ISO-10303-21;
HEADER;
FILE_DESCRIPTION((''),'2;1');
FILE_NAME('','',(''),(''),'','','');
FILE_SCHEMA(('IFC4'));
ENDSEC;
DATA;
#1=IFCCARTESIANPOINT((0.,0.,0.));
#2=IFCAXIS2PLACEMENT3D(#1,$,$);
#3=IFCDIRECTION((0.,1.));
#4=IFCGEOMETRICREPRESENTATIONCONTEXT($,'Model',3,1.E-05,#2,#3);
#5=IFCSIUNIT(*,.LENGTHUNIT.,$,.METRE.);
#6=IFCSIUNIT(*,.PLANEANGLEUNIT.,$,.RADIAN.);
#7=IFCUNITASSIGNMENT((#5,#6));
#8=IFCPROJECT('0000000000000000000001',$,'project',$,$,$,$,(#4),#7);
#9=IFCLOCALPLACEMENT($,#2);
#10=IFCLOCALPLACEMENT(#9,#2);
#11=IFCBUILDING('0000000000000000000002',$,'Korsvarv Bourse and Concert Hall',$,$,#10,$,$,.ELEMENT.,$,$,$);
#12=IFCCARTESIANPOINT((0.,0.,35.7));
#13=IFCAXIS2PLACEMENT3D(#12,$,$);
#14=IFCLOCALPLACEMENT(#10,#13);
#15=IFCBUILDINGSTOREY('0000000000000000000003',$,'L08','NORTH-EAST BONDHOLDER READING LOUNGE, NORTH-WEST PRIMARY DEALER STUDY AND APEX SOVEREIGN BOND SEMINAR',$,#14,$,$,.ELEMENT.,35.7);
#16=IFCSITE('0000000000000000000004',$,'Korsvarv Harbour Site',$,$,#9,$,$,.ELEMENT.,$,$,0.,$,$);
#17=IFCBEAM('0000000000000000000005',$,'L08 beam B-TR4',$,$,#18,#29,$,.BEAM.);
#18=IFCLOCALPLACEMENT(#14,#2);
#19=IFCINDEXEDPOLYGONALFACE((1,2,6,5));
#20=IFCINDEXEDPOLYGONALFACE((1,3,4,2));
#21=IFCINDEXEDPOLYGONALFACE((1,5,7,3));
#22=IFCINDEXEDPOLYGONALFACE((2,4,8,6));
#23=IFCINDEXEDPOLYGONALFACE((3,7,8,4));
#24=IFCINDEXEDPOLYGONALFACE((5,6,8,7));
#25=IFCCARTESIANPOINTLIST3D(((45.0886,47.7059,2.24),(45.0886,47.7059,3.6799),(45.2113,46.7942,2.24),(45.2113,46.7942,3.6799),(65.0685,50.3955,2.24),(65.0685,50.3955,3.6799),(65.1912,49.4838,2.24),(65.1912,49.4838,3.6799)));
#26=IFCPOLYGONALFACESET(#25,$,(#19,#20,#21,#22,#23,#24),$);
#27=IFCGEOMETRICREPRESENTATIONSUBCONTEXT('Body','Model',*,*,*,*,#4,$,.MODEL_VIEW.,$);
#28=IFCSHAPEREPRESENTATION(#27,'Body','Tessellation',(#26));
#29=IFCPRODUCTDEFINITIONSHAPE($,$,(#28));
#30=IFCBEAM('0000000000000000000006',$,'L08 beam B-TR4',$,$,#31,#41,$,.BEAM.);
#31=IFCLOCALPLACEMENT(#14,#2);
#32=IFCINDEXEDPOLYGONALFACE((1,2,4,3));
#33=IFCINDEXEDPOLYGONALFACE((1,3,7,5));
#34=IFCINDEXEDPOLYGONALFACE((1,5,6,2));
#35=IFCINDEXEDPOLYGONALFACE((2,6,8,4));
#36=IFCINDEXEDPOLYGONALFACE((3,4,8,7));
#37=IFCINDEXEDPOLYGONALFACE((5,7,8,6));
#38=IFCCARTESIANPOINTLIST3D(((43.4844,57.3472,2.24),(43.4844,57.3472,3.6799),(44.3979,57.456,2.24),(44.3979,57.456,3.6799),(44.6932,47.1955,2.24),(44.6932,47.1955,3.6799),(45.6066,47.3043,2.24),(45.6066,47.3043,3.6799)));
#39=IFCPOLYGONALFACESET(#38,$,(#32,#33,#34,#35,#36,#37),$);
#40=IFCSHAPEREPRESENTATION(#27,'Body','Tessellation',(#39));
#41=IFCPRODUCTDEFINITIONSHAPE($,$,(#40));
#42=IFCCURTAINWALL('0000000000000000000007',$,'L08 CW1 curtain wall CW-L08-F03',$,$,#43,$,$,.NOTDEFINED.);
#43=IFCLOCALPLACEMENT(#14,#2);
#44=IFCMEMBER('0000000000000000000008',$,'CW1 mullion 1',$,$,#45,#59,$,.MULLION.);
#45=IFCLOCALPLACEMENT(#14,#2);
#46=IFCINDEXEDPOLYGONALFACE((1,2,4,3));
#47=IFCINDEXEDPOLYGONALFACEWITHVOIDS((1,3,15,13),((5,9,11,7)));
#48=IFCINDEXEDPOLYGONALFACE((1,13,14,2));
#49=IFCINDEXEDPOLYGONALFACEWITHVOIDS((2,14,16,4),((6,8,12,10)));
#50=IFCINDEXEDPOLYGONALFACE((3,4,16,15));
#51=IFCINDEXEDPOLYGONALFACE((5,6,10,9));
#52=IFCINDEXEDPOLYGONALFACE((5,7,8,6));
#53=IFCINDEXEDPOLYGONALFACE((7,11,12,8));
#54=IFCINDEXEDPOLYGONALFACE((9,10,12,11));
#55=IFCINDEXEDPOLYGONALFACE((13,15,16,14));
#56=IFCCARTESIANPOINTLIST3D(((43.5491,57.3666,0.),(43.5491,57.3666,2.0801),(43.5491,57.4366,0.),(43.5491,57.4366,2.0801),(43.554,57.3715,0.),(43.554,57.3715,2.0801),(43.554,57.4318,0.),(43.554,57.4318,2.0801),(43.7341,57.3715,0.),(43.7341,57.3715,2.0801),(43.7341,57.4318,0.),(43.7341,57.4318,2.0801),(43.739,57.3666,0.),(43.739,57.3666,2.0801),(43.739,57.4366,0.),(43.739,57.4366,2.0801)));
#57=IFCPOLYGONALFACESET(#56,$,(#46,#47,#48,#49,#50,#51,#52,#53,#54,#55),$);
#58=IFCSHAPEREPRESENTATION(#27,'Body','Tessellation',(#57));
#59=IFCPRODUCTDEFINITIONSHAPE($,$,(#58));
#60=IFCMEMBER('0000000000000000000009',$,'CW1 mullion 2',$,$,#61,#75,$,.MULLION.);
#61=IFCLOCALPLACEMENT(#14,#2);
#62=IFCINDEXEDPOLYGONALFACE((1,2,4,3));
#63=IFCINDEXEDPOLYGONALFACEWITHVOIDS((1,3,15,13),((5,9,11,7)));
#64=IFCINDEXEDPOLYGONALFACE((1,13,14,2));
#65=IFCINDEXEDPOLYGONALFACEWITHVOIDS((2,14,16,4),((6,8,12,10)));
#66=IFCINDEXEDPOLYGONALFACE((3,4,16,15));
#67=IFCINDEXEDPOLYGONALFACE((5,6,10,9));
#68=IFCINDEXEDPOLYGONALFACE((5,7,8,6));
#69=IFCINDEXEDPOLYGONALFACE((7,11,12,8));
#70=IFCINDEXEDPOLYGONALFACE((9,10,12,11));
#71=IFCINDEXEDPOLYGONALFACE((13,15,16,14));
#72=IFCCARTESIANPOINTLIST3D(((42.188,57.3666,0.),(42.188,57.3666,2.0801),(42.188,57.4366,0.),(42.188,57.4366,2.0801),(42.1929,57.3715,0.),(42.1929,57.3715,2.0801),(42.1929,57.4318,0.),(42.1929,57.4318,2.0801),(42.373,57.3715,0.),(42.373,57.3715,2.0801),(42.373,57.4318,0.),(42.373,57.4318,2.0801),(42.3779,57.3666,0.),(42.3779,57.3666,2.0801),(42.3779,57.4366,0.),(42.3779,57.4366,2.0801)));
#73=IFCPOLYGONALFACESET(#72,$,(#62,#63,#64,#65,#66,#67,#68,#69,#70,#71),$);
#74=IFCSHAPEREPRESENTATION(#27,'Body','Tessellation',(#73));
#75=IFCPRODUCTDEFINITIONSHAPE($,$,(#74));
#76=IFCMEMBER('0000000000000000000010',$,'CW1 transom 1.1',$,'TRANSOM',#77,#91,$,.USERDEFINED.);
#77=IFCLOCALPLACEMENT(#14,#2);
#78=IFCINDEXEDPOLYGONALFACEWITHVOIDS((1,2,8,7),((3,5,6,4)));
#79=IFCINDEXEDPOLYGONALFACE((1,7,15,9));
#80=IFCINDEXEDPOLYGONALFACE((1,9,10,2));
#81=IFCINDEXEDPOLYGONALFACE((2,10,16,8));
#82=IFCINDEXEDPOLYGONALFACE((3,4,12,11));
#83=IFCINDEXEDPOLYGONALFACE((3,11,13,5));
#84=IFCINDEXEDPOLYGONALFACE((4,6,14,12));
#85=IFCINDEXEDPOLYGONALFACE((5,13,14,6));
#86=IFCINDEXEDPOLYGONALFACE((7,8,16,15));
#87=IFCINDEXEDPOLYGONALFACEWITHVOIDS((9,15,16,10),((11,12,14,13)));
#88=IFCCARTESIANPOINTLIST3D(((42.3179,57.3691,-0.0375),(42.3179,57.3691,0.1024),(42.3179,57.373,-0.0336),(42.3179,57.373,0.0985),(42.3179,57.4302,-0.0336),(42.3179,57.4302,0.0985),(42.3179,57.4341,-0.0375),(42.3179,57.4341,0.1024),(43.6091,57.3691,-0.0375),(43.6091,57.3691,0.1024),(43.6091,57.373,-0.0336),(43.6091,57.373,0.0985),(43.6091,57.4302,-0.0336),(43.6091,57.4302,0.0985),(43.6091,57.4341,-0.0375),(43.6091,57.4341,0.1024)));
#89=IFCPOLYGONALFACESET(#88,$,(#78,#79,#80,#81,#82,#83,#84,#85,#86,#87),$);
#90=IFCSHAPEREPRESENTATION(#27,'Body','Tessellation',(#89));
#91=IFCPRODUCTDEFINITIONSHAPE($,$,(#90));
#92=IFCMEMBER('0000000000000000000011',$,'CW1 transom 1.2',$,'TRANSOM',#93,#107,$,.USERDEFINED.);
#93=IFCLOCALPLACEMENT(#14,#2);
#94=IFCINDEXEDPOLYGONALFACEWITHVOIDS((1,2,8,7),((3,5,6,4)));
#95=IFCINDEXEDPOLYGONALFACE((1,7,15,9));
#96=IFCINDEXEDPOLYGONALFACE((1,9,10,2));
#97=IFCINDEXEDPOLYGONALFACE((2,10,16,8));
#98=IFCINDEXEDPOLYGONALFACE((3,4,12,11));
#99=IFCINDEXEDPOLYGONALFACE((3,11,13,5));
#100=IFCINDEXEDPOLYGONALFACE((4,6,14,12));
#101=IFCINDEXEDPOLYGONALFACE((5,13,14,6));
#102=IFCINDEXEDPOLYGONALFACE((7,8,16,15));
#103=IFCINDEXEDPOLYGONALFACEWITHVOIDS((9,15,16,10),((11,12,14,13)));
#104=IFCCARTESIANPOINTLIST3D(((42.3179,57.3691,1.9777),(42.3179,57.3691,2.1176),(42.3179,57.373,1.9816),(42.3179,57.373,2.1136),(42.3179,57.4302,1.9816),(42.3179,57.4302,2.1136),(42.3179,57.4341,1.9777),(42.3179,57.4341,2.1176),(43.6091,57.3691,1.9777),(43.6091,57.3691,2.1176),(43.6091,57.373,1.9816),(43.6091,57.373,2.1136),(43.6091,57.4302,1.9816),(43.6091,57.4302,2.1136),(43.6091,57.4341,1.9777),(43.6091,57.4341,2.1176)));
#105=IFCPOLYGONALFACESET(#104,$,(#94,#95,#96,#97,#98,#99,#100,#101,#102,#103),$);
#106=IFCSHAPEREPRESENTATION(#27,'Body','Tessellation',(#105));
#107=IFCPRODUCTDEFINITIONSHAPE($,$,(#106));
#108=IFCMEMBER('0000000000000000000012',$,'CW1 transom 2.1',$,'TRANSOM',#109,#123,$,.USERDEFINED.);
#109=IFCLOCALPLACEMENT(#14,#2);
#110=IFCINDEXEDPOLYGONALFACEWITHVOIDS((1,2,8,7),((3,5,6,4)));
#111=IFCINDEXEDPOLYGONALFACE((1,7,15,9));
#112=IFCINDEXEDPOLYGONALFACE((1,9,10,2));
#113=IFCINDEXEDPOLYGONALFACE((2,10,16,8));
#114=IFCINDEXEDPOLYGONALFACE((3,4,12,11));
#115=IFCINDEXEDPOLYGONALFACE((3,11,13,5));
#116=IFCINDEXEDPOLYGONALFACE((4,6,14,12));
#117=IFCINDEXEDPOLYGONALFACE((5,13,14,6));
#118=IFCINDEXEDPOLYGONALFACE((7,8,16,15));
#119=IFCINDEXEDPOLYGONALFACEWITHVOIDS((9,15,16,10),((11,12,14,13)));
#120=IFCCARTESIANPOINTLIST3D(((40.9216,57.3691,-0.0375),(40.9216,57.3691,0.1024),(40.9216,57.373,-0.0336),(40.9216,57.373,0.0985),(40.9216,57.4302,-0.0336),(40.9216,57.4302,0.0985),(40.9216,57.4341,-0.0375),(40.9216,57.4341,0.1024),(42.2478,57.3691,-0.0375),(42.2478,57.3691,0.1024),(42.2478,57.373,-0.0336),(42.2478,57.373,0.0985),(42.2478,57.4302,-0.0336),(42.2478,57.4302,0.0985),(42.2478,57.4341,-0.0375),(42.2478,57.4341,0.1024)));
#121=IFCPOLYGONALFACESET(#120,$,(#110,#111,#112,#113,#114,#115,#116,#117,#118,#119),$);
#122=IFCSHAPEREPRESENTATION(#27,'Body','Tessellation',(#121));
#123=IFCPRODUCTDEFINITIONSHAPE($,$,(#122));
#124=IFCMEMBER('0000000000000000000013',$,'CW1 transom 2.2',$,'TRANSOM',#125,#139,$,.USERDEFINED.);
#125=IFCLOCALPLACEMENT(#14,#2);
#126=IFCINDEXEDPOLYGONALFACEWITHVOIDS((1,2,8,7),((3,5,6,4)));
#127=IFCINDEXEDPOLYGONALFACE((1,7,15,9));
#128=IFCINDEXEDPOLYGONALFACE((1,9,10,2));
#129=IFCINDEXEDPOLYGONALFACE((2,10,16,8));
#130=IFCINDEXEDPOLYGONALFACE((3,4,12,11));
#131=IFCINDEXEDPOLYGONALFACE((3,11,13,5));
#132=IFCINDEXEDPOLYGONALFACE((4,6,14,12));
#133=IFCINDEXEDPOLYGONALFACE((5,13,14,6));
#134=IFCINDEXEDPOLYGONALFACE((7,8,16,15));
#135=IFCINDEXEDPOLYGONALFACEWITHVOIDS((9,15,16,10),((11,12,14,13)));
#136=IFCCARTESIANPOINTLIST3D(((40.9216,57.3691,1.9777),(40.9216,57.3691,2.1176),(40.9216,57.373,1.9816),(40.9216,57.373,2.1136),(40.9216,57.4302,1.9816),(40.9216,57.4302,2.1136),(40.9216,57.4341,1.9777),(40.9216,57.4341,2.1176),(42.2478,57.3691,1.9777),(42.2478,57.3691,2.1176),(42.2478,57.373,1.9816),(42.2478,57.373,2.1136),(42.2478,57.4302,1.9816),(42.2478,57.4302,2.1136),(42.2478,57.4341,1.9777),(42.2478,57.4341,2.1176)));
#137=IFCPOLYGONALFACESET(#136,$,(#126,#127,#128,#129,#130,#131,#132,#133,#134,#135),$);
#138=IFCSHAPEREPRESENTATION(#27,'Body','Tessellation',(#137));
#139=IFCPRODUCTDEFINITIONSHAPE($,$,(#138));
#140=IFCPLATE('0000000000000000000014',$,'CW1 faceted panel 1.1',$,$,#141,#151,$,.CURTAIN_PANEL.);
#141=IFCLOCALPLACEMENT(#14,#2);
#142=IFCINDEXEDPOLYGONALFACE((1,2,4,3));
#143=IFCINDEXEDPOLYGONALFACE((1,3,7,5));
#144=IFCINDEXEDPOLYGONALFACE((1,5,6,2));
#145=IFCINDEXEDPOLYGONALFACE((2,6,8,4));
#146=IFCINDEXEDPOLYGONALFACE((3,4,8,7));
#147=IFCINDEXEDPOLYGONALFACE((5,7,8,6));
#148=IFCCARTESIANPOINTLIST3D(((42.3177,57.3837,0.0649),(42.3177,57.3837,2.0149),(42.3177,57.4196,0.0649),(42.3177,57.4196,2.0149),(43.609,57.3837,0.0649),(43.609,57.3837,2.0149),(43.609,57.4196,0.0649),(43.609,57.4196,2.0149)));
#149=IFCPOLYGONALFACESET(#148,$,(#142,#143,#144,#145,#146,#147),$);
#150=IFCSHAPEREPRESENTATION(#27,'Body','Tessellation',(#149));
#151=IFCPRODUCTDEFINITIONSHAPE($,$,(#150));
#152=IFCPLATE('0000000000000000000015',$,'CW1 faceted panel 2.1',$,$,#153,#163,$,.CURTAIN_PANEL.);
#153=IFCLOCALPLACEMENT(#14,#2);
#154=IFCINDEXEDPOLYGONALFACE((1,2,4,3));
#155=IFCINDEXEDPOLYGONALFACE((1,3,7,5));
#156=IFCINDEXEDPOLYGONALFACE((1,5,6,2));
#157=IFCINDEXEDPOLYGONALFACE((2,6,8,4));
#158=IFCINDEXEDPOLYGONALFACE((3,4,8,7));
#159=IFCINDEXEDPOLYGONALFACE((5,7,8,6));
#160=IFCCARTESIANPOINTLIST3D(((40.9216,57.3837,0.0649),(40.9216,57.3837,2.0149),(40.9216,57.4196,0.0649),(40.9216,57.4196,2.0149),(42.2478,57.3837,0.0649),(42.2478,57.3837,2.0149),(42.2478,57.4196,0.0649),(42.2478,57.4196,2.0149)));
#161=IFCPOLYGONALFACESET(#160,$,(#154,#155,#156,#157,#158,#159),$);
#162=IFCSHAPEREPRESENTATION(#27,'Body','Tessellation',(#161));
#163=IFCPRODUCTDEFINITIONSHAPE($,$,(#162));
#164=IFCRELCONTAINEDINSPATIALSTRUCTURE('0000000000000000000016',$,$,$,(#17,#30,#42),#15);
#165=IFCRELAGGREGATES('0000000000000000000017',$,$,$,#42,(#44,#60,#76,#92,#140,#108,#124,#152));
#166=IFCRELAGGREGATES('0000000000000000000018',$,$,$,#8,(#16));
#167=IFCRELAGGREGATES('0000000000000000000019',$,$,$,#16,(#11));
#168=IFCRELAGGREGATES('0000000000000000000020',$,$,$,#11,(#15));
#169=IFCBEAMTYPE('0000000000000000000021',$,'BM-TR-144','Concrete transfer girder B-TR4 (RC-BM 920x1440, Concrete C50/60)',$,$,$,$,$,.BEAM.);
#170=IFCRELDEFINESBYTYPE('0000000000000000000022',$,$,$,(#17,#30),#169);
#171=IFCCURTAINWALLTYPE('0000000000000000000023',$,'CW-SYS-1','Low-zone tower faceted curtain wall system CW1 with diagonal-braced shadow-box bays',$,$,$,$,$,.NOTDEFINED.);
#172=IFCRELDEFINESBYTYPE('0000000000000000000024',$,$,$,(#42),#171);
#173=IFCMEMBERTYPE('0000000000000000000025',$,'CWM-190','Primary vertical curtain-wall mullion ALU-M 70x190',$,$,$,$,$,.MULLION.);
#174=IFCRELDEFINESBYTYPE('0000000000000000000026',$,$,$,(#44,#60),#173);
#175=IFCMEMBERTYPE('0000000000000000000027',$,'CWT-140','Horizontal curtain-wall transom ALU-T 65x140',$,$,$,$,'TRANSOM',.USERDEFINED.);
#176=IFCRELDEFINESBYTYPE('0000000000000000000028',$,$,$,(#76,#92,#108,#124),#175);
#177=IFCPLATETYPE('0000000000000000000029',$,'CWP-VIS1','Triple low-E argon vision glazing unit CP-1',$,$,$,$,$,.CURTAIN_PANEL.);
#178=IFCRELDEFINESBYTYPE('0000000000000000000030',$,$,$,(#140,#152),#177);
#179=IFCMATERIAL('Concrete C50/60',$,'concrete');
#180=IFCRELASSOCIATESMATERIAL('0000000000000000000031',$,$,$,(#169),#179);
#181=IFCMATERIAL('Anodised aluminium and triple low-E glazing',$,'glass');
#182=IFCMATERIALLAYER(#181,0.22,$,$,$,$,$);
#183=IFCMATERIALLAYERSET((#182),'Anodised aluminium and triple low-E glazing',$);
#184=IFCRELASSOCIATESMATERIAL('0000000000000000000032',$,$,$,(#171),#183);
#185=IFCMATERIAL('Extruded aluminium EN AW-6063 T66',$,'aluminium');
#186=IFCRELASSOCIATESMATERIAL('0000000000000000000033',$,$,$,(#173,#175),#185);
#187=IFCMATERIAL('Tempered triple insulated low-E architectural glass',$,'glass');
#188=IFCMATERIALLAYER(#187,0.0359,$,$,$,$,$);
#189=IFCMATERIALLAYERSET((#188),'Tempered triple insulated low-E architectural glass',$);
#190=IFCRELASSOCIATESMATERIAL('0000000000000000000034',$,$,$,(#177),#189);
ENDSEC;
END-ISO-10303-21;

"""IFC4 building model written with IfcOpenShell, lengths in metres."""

from ifc_helpers import new_model, si_unit, direction, frame, origin, origin_2d, place, context, subcontext, project, spatial, rectangle, hollow_rectangle, extrude, source, transform, mapped, material, layer, layer_set, material_profile, profile_set, type_object, element, aggregate, save


model = new_model("IFC4")

# Units and contexts
model_context = context("Model", 3, precision=1e-05, world=origin(), true_north=direction((0.0, 1.0)))
body_context = subcontext(model_context, "Body", "Model", "MODEL_VIEW")
ifc_project = project(units=[si_unit("LENGTHUNIT", "METRE"), si_unit("PLANEANGLEUNIT", "RADIAN")], contexts=[model_context])

# Site, building, storey
site_placement = place(None, origin())
site = spatial("IfcSite", under=ifc_project, at=site_placement, Name="Korsvarv Harbour Site", CompositionType="ELEMENT", RefElevation=0.0)
building_placement = place(site_placement, origin())
building = spatial("IfcBuilding", under=site, at=building_placement, Name="Korsvarv Bourse and Concert Hall", CompositionType="ELEMENT")
storey_placement = place(building_placement, frame((0.0, 0.0, 35.7)))
storey = spatial("IfcBuildingStorey", under=building, at=storey_placement, Name="L08", Description="NORTH-EAST BONDHOLDER READING LOUNGE, NORTH-WEST PRIMARY DEALER STUDY AND APEX SOVEREIGN BOND SEMINAR", CompositionType="ELEMENT", Elevation=35.7)

# Beams
ifc_material_1 = material(Name="Concrete C50/60", Category="concrete")
ifc_material_profile_1 = material_profile(ifc_material_1, rectangle(XDim=0.9199, YDim=1.4399, at=origin_2d()), Name="RC-BM 920x1440")
ifc_profile_set_1 = profile_set([ifc_material_profile_1], Name="Concrete C50/60")
beam_type_1 = type_object("IfcBeamType", Name="BM-TR-144", Description="Concrete transfer girder B-TR4 (RC-BM 920x1440, Concrete C50/60)", PredefinedType="BEAM", material=ifc_profile_set_1)
shared_shape_1 = source(origin(), body_context, "Body", "SweptSolid", [
    extrude(rectangle(XDim=0.9199, YDim=1.4399, at=origin_2d()), origin(), (0.0, 0.0, 1.0), 20.1602),
])
beam_1_placement = place(storey_placement, frame((65.1299, 49.9397, 2.96), z_axis=(-0.99106, -0.133416, 0.0), x_axis=(0.133416, -0.99106, 0.0)))
element("IfcBeam", 1, at=beam_1_placement, inside=storey, type_object=beam_type_1, Name="L08 beam B-TR4", PredefinedType="BEAM", context=body_context, shape_type="MappedRepresentation", body=[
    mapped(shared_shape_1, transform((0.0, 0.0, 0.0), scale=1.0)),
])
shared_shape_2 = source(origin(), body_context, "Body", "SweptSolid", [
    extrude(rectangle(XDim=0.9199, YDim=1.4399, at=origin_2d()), origin(), (0.0, 0.0, 1.0), 10.2234),
])
beam_2_placement = place(storey_placement, frame((43.9412, 57.4016, 2.96), z_axis=(0.118234, -0.992986, 0.0), x_axis=(0.992986, 0.118234, 0.0)))
element("IfcBeam", 2, at=beam_2_placement, inside=storey, type_object=beam_type_1, Name="L08 beam B-TR4", PredefinedType="BEAM", context=body_context, shape_type="MappedRepresentation", body=[
    mapped(shared_shape_2, transform((0.0, 0.0, 0.0), scale=1.0)),
])

# Curtain wall, members, plates
ifc_material_2 = material(Name="Anodised aluminium and triple low-E glazing", Category="glass")
ifc_layer_1 = layer(ifc_material_2, 0.22)
ifc_layer_set_1 = layer_set([ifc_layer_1], Name="Anodised aluminium and triple low-E glazing")
curtain_wall_type = type_object("IfcCurtainWallType", Name="CW-SYS-1", Description="Low-zone tower faceted curtain wall system CW1 with diagonal-braced shadow-box bays", PredefinedType="NOTDEFINED", material=ifc_layer_set_1)
curtain_wall_placement = place(storey_placement, origin())
curtain_wall = element("IfcCurtainWall", 3, at=curtain_wall_placement, inside=storey, type_object=curtain_wall_type, Name="L08 CW1 curtain wall CW-L08-F03", PredefinedType="NOTDEFINED")
ifc_material_3 = material(Name="Extruded aluminium EN AW-6063 T66", Category="aluminium")
ifc_material_profile_2 = material_profile(ifc_material_3, hollow_rectangle(XDim=0.0701, YDim=0.1899, WallThickness=0.0049, at=origin_2d()), Name="ALU-M 70x190")
ifc_profile_set_2 = profile_set([ifc_material_profile_2], Name="Extruded aluminium EN AW-6063 T66")
member_type_1 = type_object("IfcMemberType", Name="CWM-190", Description="Primary vertical curtain-wall mullion ALU-M 70x190", PredefinedType="MULLION", material=ifc_profile_set_2)
shared_shape_3 = source(origin(), body_context, "Body", "SweptSolid", [
    extrude(hollow_rectangle(XDim=0.0701, YDim=0.1899, WallThickness=0.0049, at=origin_2d()), origin(), (0.0, 0.0, 1.0), 2.0801),
])
member_1_placement = place(storey_placement, frame((43.644, 57.4016, 0.0), z_axis=(0.0, 0.0, 1.0), x_axis=(0.0, -1.0, 0.0)))
member_1 = element("IfcMember", 4, at=member_1_placement, type_object=member_type_1, Name="CW1 mullion 1", PredefinedType="MULLION", context=body_context, shape_type="MappedRepresentation", body=[
    mapped(shared_shape_3, transform((0.0, 0.0, 0.0), scale=1.0)),
])
member_2_placement = place(storey_placement, frame((42.283, 57.4016, 0.0), z_axis=(0.0, 0.0, 1.0), x_axis=(0.0, -1.0, 0.0)))
member_2 = element("IfcMember", 5, at=member_2_placement, type_object=member_type_1, Name="CW1 mullion 2", PredefinedType="MULLION", context=body_context, shape_type="MappedRepresentation", body=[
    mapped(shared_shape_3, transform((0.0, 0.0, 0.0), scale=1.0)),
])
ifc_material_profile_3 = material_profile(ifc_material_3, hollow_rectangle(XDim=0.0649, YDim=0.1399, WallThickness=0.0039, at=origin_2d()), Name="ALU-T 65x140")
ifc_profile_set_3 = profile_set([ifc_material_profile_3], Name="Extruded aluminium EN AW-6063 T66")
member_type_2 = type_object("IfcMemberType", Name="CWT-140", Description="Horizontal curtain-wall transom ALU-T 65x140", ElementType="TRANSOM", PredefinedType="USERDEFINED", material=ifc_profile_set_3)
shared_shape_4 = source(origin(), body_context, "Body", "SweptSolid", [
    extrude(hollow_rectangle(XDim=0.0649, YDim=0.1399, WallThickness=0.0039, at=origin_2d()), origin(), (0.0, 0.0, 1.0), 1.2913),
])
member_3_placement = place(storey_placement, frame((43.6091, 57.4016, 0.0325), z_axis=(-1.0, 0.0, 0.0), x_axis=(0.0, -1.0, 0.0)))
member_3 = element("IfcMember", 6, at=member_3_placement, type_object=member_type_2, Name="CW1 transom 1.1", ObjectType="TRANSOM", PredefinedType="USERDEFINED", context=body_context, shape_type="MappedRepresentation", body=[
    mapped(shared_shape_4, transform((0.0, 0.0, 0.0), scale=1.0)),
])
member_4_placement = place(storey_placement, frame((43.6091, 57.4016, 2.0476), z_axis=(-1.0, 0.0, 0.0), x_axis=(0.0, -1.0, 0.0)))
member_4 = element("IfcMember", 7, at=member_4_placement, type_object=member_type_2, Name="CW1 transom 1.2", ObjectType="TRANSOM", PredefinedType="USERDEFINED", context=body_context, shape_type="MappedRepresentation", body=[
    mapped(shared_shape_4, transform((0.0, 0.0, 0.0), scale=1.0)),
])
shared_shape_5 = source(origin(), body_context, "Body", "SweptSolid", [
    extrude(hollow_rectangle(XDim=0.0649, YDim=0.1399, WallThickness=0.0039, at=origin_2d()), origin(), (0.0, 0.0, 1.0), 1.3262),
])
member_5_placement = place(storey_placement, frame((42.2478, 57.4016, 0.0325), z_axis=(-1.0, 0.0, 0.0), x_axis=(0.0, -1.0, 0.0)))
member_5 = element("IfcMember", 8, at=member_5_placement, type_object=member_type_2, Name="CW1 transom 2.1", ObjectType="TRANSOM", PredefinedType="USERDEFINED", context=body_context, shape_type="MappedRepresentation", body=[
    mapped(shared_shape_5, transform((0.0, 0.0, 0.0), scale=1.0)),
])
member_6_placement = place(storey_placement, frame((42.2478, 57.4016, 2.0476), z_axis=(-1.0, 0.0, 0.0), x_axis=(0.0, -1.0, 0.0)))
member_6 = element("IfcMember", 9, at=member_6_placement, type_object=member_type_2, Name="CW1 transom 2.2", ObjectType="TRANSOM", PredefinedType="USERDEFINED", context=body_context, shape_type="MappedRepresentation", body=[
    mapped(shared_shape_5, transform((0.0, 0.0, 0.0), scale=1.0)),
])
ifc_material_4 = material(Name="Tempered triple insulated low-E architectural glass", Category="glass")
ifc_layer_2 = layer(ifc_material_4, 0.0359)
ifc_layer_set_2 = layer_set([ifc_layer_2], Name="Tempered triple insulated low-E architectural glass")
plate_type = type_object("IfcPlateType", Name="CWP-VIS1", Description="Triple low-E argon vision glazing unit CP-1", PredefinedType="CURTAIN_PANEL", material=ifc_layer_set_2)
shared_shape_6 = source(origin(), body_context, "Body", "SweptSolid", [
    extrude(rectangle(XDim=1.2913, YDim=0.0359, at=origin_2d()), origin(), (0.0, 0.0, 1.0), 1.95),
])
plate_1_placement = place(storey_placement, frame((42.9634, 57.4016, 0.0649), z_axis=(0.0, 0.0, 1.0), x_axis=(-1.0, 0.0, 0.0)))
plate_1 = element("IfcPlate", 10, at=plate_1_placement, type_object=plate_type, Name="CW1 faceted panel 1.1", PredefinedType="CURTAIN_PANEL", context=body_context, shape_type="MappedRepresentation", body=[
    mapped(shared_shape_6, transform((0.0, 0.0, 0.0), scale=1.0)),
])
shared_shape_7 = source(origin(), body_context, "Body", "SweptSolid", [
    extrude(rectangle(XDim=1.3262, YDim=0.0359, at=origin_2d()), origin(), (0.0, 0.0, 1.0), 1.95),
])
plate_2_placement = place(storey_placement, frame((41.5847, 57.4016, 0.0649), z_axis=(0.0, 0.0, 1.0), x_axis=(-1.0, 0.0, 0.0)))
plate_2 = element("IfcPlate", 11, at=plate_2_placement, type_object=plate_type, Name="CW1 faceted panel 2.1", PredefinedType="CURTAIN_PANEL", context=body_context, shape_type="MappedRepresentation", body=[
    mapped(shared_shape_7, transform((0.0, 0.0, 0.0), scale=1.0)),
])
aggregate(curtain_wall, [member_1, member_2, member_3, member_4, plate_1, member_5, member_6, plate_2])

save(model, "model.ifc")
